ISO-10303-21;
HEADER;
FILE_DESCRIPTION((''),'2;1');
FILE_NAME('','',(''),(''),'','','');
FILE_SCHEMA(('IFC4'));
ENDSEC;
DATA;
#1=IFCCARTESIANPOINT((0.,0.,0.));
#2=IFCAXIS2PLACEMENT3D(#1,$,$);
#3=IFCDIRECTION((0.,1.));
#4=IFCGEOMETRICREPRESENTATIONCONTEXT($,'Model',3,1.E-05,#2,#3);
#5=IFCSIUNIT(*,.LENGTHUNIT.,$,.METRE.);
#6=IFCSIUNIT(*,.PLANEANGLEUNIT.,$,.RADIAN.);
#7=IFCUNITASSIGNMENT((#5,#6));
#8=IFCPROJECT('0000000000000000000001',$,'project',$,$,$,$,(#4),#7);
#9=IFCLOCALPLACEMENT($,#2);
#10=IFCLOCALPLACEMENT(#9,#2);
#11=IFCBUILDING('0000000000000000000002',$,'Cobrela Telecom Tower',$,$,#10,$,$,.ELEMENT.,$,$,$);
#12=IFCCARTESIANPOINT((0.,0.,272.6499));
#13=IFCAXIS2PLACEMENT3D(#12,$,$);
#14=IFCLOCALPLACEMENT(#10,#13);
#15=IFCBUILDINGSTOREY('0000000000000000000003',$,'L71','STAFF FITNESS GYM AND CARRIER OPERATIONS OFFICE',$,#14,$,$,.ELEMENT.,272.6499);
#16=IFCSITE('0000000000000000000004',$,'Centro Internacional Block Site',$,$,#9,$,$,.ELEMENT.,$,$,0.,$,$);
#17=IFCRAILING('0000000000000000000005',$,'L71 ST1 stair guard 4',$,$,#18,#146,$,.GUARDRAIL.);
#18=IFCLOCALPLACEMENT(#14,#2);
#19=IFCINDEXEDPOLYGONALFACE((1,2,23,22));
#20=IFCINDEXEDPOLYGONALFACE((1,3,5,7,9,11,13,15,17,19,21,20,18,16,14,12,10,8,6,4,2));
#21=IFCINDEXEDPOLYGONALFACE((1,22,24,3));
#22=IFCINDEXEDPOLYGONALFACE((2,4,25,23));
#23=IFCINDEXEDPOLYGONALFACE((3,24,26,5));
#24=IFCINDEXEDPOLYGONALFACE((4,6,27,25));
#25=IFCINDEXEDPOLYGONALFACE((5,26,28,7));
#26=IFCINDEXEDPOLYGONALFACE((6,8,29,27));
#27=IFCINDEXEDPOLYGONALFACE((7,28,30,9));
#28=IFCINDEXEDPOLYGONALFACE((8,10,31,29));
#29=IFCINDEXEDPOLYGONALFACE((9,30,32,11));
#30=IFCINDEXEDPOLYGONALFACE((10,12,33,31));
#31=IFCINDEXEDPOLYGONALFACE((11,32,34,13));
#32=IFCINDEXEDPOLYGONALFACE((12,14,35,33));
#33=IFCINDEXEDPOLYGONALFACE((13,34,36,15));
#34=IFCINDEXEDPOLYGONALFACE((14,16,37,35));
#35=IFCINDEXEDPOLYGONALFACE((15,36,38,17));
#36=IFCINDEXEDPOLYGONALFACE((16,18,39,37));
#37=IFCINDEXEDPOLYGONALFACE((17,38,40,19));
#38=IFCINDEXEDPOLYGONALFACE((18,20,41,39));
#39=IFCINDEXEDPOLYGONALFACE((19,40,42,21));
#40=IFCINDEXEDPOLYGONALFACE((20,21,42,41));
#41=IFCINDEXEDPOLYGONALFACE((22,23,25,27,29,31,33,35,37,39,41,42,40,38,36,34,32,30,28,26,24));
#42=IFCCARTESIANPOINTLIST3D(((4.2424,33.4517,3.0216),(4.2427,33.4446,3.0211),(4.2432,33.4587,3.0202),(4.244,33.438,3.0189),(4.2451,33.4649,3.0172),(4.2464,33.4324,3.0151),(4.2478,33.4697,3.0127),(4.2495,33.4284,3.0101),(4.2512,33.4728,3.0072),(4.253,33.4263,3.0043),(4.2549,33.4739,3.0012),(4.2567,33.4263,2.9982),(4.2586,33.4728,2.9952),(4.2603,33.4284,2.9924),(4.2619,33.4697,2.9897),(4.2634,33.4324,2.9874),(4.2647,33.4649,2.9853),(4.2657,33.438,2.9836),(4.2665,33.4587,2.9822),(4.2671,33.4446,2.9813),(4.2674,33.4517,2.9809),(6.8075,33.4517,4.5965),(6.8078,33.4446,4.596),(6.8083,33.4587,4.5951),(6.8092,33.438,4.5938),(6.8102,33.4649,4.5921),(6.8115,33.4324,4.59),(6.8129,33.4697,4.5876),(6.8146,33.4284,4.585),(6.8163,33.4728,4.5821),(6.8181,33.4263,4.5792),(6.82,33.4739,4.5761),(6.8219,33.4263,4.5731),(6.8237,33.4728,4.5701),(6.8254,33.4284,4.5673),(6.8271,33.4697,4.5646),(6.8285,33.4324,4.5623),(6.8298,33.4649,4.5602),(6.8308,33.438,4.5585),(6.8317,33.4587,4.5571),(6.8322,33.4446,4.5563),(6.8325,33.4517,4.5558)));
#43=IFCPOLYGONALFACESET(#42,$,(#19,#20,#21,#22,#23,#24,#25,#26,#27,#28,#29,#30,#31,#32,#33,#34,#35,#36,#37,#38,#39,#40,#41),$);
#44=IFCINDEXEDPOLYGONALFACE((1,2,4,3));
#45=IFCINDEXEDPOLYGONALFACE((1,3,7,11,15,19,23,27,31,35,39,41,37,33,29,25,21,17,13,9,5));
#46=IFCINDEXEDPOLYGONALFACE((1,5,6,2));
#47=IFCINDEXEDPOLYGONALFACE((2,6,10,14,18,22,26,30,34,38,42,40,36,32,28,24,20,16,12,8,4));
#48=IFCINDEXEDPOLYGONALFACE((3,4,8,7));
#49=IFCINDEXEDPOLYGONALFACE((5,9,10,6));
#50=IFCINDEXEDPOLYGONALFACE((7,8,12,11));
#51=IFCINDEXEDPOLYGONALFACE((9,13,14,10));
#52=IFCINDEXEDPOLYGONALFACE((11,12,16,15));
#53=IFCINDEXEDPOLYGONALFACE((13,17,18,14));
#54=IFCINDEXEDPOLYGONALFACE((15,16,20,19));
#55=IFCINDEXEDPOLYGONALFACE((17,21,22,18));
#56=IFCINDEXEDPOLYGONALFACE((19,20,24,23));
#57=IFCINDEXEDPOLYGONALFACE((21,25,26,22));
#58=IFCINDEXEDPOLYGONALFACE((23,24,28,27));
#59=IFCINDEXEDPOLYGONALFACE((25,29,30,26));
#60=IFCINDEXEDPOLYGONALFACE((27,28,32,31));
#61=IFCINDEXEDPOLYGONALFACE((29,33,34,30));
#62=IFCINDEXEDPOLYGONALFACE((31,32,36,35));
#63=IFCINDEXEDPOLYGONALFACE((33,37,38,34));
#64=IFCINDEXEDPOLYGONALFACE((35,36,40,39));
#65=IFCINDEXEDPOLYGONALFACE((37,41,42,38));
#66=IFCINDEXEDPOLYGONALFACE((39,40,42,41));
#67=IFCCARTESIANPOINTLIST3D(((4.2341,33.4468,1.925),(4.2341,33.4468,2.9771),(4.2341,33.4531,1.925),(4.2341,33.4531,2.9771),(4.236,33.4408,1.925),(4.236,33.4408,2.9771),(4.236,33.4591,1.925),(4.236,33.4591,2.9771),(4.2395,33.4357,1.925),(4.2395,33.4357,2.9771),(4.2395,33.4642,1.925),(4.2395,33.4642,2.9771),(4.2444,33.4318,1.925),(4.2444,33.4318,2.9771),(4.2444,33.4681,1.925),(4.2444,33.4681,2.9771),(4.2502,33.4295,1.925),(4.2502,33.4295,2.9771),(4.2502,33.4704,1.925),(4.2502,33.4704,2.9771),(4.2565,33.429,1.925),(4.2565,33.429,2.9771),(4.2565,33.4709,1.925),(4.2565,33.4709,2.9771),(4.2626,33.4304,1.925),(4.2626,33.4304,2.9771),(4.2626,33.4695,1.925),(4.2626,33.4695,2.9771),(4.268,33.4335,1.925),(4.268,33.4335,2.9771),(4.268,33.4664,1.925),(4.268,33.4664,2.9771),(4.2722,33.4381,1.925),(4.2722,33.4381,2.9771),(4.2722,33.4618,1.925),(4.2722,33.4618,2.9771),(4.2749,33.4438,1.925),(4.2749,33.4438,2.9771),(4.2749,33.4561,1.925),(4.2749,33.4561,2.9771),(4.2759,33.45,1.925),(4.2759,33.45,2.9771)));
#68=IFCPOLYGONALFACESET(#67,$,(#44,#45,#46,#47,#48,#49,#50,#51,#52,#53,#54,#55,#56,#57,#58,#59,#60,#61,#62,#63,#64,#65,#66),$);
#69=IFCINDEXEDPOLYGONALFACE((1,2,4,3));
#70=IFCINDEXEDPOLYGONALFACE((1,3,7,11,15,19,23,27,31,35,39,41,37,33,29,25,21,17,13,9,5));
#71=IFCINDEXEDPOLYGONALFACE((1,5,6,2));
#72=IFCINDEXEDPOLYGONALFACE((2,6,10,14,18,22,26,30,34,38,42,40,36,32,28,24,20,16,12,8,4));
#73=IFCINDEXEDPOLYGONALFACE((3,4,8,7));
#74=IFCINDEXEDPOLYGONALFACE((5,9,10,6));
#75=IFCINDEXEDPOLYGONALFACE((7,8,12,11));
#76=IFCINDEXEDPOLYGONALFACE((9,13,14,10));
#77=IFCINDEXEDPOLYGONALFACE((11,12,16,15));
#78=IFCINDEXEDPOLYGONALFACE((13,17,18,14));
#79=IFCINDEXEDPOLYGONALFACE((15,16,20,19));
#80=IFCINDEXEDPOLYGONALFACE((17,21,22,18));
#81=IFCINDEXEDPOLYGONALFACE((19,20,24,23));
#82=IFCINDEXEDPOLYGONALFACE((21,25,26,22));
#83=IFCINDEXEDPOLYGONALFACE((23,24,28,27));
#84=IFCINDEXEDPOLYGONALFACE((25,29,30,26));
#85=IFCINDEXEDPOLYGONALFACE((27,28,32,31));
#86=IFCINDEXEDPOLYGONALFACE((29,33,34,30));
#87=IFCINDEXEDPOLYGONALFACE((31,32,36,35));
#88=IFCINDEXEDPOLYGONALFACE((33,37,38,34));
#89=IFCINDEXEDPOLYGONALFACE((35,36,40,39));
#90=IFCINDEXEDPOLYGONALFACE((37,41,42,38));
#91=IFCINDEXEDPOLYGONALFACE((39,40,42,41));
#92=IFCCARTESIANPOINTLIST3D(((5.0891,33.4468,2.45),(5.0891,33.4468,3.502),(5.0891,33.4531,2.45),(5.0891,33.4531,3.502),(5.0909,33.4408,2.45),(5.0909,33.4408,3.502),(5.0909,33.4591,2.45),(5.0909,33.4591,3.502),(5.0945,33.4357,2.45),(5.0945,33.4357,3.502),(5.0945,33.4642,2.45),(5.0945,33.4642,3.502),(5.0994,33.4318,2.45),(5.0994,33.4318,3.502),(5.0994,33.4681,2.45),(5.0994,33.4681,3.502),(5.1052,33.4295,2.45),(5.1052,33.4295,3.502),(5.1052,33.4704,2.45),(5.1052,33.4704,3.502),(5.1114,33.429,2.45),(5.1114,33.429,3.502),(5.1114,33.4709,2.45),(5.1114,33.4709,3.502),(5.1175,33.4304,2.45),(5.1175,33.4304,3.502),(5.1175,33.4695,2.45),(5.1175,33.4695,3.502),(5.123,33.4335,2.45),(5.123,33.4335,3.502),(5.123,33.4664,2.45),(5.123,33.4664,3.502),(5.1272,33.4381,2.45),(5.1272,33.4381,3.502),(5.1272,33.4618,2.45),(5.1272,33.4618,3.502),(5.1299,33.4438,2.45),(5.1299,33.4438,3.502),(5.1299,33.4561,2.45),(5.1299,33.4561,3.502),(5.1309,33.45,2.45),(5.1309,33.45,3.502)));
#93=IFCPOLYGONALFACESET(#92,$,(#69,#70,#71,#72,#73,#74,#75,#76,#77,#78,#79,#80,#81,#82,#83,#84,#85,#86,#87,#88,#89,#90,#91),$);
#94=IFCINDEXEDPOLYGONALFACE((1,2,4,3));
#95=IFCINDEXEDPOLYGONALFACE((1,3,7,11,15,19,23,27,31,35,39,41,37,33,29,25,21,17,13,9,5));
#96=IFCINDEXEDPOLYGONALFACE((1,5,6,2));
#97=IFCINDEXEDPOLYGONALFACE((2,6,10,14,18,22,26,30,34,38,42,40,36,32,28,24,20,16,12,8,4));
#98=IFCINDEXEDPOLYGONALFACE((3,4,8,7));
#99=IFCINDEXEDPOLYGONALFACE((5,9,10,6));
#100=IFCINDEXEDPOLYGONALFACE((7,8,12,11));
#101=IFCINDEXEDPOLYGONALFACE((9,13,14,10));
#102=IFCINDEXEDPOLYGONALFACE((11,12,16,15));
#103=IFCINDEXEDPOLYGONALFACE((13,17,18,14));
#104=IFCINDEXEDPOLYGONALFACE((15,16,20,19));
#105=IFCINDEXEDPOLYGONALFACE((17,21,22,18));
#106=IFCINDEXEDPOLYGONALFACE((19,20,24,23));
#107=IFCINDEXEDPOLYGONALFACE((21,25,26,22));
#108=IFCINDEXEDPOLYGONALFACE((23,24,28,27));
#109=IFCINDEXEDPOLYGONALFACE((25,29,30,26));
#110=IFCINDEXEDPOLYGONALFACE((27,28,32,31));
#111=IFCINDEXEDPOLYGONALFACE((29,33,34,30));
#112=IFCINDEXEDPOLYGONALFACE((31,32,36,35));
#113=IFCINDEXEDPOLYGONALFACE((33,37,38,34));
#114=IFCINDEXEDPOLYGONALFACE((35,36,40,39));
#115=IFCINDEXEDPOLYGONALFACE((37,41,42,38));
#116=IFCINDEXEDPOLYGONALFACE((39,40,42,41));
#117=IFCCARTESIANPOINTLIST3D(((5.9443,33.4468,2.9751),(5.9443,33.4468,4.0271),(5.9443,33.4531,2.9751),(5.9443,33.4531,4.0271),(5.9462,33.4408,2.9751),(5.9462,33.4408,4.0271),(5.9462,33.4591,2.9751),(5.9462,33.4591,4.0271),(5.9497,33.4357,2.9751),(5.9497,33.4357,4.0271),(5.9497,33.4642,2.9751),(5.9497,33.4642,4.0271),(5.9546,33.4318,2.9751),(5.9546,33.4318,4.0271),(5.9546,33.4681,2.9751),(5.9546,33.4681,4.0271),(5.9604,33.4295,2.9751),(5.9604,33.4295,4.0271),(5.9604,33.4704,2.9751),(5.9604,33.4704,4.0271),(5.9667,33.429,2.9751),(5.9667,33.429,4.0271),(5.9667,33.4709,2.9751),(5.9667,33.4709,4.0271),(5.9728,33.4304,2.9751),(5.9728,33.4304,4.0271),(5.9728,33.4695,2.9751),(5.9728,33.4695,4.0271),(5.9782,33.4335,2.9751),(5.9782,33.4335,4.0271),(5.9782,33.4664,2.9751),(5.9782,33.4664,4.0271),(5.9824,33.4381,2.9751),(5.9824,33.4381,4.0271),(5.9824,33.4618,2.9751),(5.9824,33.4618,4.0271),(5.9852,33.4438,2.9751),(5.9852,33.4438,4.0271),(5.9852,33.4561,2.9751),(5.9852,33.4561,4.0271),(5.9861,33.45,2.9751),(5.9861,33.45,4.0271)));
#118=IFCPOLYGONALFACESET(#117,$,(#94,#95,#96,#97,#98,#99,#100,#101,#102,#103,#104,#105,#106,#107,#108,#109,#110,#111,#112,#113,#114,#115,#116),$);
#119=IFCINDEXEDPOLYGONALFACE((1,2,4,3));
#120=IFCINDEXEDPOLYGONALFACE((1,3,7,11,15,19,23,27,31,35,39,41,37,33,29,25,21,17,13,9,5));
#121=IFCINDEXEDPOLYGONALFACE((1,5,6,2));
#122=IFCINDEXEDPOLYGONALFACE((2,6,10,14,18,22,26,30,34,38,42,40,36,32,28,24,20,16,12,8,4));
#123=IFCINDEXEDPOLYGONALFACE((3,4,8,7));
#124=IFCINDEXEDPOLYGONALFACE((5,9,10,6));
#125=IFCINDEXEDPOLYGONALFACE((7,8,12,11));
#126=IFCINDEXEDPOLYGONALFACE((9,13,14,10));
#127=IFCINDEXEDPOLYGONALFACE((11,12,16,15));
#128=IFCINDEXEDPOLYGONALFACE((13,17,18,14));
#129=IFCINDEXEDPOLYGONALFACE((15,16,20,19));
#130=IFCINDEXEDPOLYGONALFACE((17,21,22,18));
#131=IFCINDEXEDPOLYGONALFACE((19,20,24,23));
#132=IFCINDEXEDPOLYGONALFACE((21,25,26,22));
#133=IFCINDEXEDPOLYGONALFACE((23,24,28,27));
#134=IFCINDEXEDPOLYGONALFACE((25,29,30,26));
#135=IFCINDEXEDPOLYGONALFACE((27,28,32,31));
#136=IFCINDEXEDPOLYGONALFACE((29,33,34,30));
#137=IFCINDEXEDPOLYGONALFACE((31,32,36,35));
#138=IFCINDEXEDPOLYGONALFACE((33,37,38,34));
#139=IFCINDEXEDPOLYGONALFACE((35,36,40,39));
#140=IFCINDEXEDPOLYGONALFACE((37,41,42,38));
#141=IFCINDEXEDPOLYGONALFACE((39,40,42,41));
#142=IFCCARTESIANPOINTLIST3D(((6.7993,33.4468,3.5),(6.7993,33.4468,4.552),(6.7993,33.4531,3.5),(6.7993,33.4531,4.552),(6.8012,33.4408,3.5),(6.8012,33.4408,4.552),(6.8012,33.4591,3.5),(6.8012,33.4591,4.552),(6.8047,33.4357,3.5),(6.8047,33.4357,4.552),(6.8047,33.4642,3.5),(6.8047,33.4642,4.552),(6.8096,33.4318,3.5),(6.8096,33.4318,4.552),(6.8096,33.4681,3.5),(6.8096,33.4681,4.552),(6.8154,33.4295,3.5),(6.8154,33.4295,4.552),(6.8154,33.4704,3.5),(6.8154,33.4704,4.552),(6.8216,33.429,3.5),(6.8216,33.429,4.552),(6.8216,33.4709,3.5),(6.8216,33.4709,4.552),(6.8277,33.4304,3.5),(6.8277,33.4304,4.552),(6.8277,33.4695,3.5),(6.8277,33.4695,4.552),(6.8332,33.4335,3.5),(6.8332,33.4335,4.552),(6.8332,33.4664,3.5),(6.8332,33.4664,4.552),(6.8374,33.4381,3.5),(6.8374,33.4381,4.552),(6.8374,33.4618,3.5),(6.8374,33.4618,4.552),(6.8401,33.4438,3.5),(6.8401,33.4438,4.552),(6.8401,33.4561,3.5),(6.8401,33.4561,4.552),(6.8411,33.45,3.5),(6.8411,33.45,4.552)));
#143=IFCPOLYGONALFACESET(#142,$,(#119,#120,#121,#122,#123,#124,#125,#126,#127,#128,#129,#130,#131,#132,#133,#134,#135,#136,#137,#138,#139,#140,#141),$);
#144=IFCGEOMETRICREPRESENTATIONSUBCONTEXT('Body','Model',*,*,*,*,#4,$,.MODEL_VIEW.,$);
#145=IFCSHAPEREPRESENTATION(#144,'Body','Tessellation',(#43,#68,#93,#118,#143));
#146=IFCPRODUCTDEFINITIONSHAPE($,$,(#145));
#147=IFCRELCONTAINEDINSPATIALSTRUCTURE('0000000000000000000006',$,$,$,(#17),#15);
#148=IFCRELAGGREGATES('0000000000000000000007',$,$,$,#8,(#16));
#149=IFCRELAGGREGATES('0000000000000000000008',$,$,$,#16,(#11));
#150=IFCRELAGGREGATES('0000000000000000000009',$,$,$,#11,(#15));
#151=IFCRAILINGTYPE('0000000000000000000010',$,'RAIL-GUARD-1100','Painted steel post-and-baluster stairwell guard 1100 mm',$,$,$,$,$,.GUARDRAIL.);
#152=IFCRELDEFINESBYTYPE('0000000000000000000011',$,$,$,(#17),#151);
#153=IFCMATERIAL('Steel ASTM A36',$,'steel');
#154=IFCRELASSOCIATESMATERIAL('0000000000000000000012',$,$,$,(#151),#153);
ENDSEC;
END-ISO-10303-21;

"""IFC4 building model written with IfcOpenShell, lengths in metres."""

from ifc_helpers import new_model, si_unit, direction, frame, origin, origin_2d, place, context, subcontext, project, spatial, circle, extrude, material, type_object, element, save


model = new_model("IFC4")

# Units and contexts
model_context = context("Model", 3, precision=1e-05, world=origin(), true_north=direction((0.0, 1.0)))
body_context = subcontext(model_context, "Body", "Model", "MODEL_VIEW")
ifc_project = project(units=[si_unit("LENGTHUNIT", "METRE"), si_unit("PLANEANGLEUNIT", "RADIAN")], contexts=[model_context])

# Site, building, storey
site_placement = place(None, origin())
site = spatial("IfcSite", under=ifc_project, at=site_placement, Name="Centro Internacional Block Site", CompositionType="ELEMENT", RefElevation=0.0)
building_placement = place(site_placement, origin())
building = spatial("IfcBuilding", under=site, at=building_placement, Name="Cobrela Telecom Tower", CompositionType="ELEMENT")
storey_placement = place(building_placement, frame((0.0, 0.0, 272.6499)))
storey = spatial("IfcBuildingStorey", under=building, at=storey_placement, Name="L71", Description="STAFF FITNESS GYM AND CARRIER OPERATIONS OFFICE", CompositionType="ELEMENT", Elevation=272.6499)

# Shared definitions
ifc_material_1 = material(Name="Steel ASTM A36", Category="steel")

# Railing
railing_type_1 = type_object("IfcRailingType", Name="RAIL-GUARD-1100", Description="Painted steel post-and-baluster stairwell guard 1100 mm", PredefinedType="GUARDRAIL", material=ifc_material_1)
railing_1_placement = place(storey_placement, frame((4.2549, 33.45, 1.925)))
element("IfcRailing", 1, at=railing_1_placement, inside=storey, type_object=railing_type_1, Name="L71 ST1 stair guard 4", PredefinedType="GUARDRAIL", context=body_context, shape_type="SweptSolid", body=[
    extrude(circle(Radius=0.0239, at=origin_2d()), frame((0.0, 0.0, 1.0762), z_axis=(0.852195, 0.0, 0.523224), x_axis=(0.0, 1.0, 0.0)), (0.0, 0.0, 1.0), 3.01),
    extrude(circle(Radius=0.021, at=origin_2d()), origin(), (0.0, 0.0, 1.0), 1.052),
    extrude(circle(Radius=0.021, at=origin_2d()), frame((0.855, 0.0, 0.5249)), (0.0, 0.0, 1.0), 1.052),
    extrude(circle(Radius=0.021, at=origin_2d()), frame((1.7102, 0.0, 1.05)), (0.0, 0.0, 1.0), 1.052),
    extrude(circle(Radius=0.021, at=origin_2d()), frame((2.5652, 0.0, 1.575)), (0.0, 0.0, 1.0), 1.052),
])

save(model, "model.ifc")
